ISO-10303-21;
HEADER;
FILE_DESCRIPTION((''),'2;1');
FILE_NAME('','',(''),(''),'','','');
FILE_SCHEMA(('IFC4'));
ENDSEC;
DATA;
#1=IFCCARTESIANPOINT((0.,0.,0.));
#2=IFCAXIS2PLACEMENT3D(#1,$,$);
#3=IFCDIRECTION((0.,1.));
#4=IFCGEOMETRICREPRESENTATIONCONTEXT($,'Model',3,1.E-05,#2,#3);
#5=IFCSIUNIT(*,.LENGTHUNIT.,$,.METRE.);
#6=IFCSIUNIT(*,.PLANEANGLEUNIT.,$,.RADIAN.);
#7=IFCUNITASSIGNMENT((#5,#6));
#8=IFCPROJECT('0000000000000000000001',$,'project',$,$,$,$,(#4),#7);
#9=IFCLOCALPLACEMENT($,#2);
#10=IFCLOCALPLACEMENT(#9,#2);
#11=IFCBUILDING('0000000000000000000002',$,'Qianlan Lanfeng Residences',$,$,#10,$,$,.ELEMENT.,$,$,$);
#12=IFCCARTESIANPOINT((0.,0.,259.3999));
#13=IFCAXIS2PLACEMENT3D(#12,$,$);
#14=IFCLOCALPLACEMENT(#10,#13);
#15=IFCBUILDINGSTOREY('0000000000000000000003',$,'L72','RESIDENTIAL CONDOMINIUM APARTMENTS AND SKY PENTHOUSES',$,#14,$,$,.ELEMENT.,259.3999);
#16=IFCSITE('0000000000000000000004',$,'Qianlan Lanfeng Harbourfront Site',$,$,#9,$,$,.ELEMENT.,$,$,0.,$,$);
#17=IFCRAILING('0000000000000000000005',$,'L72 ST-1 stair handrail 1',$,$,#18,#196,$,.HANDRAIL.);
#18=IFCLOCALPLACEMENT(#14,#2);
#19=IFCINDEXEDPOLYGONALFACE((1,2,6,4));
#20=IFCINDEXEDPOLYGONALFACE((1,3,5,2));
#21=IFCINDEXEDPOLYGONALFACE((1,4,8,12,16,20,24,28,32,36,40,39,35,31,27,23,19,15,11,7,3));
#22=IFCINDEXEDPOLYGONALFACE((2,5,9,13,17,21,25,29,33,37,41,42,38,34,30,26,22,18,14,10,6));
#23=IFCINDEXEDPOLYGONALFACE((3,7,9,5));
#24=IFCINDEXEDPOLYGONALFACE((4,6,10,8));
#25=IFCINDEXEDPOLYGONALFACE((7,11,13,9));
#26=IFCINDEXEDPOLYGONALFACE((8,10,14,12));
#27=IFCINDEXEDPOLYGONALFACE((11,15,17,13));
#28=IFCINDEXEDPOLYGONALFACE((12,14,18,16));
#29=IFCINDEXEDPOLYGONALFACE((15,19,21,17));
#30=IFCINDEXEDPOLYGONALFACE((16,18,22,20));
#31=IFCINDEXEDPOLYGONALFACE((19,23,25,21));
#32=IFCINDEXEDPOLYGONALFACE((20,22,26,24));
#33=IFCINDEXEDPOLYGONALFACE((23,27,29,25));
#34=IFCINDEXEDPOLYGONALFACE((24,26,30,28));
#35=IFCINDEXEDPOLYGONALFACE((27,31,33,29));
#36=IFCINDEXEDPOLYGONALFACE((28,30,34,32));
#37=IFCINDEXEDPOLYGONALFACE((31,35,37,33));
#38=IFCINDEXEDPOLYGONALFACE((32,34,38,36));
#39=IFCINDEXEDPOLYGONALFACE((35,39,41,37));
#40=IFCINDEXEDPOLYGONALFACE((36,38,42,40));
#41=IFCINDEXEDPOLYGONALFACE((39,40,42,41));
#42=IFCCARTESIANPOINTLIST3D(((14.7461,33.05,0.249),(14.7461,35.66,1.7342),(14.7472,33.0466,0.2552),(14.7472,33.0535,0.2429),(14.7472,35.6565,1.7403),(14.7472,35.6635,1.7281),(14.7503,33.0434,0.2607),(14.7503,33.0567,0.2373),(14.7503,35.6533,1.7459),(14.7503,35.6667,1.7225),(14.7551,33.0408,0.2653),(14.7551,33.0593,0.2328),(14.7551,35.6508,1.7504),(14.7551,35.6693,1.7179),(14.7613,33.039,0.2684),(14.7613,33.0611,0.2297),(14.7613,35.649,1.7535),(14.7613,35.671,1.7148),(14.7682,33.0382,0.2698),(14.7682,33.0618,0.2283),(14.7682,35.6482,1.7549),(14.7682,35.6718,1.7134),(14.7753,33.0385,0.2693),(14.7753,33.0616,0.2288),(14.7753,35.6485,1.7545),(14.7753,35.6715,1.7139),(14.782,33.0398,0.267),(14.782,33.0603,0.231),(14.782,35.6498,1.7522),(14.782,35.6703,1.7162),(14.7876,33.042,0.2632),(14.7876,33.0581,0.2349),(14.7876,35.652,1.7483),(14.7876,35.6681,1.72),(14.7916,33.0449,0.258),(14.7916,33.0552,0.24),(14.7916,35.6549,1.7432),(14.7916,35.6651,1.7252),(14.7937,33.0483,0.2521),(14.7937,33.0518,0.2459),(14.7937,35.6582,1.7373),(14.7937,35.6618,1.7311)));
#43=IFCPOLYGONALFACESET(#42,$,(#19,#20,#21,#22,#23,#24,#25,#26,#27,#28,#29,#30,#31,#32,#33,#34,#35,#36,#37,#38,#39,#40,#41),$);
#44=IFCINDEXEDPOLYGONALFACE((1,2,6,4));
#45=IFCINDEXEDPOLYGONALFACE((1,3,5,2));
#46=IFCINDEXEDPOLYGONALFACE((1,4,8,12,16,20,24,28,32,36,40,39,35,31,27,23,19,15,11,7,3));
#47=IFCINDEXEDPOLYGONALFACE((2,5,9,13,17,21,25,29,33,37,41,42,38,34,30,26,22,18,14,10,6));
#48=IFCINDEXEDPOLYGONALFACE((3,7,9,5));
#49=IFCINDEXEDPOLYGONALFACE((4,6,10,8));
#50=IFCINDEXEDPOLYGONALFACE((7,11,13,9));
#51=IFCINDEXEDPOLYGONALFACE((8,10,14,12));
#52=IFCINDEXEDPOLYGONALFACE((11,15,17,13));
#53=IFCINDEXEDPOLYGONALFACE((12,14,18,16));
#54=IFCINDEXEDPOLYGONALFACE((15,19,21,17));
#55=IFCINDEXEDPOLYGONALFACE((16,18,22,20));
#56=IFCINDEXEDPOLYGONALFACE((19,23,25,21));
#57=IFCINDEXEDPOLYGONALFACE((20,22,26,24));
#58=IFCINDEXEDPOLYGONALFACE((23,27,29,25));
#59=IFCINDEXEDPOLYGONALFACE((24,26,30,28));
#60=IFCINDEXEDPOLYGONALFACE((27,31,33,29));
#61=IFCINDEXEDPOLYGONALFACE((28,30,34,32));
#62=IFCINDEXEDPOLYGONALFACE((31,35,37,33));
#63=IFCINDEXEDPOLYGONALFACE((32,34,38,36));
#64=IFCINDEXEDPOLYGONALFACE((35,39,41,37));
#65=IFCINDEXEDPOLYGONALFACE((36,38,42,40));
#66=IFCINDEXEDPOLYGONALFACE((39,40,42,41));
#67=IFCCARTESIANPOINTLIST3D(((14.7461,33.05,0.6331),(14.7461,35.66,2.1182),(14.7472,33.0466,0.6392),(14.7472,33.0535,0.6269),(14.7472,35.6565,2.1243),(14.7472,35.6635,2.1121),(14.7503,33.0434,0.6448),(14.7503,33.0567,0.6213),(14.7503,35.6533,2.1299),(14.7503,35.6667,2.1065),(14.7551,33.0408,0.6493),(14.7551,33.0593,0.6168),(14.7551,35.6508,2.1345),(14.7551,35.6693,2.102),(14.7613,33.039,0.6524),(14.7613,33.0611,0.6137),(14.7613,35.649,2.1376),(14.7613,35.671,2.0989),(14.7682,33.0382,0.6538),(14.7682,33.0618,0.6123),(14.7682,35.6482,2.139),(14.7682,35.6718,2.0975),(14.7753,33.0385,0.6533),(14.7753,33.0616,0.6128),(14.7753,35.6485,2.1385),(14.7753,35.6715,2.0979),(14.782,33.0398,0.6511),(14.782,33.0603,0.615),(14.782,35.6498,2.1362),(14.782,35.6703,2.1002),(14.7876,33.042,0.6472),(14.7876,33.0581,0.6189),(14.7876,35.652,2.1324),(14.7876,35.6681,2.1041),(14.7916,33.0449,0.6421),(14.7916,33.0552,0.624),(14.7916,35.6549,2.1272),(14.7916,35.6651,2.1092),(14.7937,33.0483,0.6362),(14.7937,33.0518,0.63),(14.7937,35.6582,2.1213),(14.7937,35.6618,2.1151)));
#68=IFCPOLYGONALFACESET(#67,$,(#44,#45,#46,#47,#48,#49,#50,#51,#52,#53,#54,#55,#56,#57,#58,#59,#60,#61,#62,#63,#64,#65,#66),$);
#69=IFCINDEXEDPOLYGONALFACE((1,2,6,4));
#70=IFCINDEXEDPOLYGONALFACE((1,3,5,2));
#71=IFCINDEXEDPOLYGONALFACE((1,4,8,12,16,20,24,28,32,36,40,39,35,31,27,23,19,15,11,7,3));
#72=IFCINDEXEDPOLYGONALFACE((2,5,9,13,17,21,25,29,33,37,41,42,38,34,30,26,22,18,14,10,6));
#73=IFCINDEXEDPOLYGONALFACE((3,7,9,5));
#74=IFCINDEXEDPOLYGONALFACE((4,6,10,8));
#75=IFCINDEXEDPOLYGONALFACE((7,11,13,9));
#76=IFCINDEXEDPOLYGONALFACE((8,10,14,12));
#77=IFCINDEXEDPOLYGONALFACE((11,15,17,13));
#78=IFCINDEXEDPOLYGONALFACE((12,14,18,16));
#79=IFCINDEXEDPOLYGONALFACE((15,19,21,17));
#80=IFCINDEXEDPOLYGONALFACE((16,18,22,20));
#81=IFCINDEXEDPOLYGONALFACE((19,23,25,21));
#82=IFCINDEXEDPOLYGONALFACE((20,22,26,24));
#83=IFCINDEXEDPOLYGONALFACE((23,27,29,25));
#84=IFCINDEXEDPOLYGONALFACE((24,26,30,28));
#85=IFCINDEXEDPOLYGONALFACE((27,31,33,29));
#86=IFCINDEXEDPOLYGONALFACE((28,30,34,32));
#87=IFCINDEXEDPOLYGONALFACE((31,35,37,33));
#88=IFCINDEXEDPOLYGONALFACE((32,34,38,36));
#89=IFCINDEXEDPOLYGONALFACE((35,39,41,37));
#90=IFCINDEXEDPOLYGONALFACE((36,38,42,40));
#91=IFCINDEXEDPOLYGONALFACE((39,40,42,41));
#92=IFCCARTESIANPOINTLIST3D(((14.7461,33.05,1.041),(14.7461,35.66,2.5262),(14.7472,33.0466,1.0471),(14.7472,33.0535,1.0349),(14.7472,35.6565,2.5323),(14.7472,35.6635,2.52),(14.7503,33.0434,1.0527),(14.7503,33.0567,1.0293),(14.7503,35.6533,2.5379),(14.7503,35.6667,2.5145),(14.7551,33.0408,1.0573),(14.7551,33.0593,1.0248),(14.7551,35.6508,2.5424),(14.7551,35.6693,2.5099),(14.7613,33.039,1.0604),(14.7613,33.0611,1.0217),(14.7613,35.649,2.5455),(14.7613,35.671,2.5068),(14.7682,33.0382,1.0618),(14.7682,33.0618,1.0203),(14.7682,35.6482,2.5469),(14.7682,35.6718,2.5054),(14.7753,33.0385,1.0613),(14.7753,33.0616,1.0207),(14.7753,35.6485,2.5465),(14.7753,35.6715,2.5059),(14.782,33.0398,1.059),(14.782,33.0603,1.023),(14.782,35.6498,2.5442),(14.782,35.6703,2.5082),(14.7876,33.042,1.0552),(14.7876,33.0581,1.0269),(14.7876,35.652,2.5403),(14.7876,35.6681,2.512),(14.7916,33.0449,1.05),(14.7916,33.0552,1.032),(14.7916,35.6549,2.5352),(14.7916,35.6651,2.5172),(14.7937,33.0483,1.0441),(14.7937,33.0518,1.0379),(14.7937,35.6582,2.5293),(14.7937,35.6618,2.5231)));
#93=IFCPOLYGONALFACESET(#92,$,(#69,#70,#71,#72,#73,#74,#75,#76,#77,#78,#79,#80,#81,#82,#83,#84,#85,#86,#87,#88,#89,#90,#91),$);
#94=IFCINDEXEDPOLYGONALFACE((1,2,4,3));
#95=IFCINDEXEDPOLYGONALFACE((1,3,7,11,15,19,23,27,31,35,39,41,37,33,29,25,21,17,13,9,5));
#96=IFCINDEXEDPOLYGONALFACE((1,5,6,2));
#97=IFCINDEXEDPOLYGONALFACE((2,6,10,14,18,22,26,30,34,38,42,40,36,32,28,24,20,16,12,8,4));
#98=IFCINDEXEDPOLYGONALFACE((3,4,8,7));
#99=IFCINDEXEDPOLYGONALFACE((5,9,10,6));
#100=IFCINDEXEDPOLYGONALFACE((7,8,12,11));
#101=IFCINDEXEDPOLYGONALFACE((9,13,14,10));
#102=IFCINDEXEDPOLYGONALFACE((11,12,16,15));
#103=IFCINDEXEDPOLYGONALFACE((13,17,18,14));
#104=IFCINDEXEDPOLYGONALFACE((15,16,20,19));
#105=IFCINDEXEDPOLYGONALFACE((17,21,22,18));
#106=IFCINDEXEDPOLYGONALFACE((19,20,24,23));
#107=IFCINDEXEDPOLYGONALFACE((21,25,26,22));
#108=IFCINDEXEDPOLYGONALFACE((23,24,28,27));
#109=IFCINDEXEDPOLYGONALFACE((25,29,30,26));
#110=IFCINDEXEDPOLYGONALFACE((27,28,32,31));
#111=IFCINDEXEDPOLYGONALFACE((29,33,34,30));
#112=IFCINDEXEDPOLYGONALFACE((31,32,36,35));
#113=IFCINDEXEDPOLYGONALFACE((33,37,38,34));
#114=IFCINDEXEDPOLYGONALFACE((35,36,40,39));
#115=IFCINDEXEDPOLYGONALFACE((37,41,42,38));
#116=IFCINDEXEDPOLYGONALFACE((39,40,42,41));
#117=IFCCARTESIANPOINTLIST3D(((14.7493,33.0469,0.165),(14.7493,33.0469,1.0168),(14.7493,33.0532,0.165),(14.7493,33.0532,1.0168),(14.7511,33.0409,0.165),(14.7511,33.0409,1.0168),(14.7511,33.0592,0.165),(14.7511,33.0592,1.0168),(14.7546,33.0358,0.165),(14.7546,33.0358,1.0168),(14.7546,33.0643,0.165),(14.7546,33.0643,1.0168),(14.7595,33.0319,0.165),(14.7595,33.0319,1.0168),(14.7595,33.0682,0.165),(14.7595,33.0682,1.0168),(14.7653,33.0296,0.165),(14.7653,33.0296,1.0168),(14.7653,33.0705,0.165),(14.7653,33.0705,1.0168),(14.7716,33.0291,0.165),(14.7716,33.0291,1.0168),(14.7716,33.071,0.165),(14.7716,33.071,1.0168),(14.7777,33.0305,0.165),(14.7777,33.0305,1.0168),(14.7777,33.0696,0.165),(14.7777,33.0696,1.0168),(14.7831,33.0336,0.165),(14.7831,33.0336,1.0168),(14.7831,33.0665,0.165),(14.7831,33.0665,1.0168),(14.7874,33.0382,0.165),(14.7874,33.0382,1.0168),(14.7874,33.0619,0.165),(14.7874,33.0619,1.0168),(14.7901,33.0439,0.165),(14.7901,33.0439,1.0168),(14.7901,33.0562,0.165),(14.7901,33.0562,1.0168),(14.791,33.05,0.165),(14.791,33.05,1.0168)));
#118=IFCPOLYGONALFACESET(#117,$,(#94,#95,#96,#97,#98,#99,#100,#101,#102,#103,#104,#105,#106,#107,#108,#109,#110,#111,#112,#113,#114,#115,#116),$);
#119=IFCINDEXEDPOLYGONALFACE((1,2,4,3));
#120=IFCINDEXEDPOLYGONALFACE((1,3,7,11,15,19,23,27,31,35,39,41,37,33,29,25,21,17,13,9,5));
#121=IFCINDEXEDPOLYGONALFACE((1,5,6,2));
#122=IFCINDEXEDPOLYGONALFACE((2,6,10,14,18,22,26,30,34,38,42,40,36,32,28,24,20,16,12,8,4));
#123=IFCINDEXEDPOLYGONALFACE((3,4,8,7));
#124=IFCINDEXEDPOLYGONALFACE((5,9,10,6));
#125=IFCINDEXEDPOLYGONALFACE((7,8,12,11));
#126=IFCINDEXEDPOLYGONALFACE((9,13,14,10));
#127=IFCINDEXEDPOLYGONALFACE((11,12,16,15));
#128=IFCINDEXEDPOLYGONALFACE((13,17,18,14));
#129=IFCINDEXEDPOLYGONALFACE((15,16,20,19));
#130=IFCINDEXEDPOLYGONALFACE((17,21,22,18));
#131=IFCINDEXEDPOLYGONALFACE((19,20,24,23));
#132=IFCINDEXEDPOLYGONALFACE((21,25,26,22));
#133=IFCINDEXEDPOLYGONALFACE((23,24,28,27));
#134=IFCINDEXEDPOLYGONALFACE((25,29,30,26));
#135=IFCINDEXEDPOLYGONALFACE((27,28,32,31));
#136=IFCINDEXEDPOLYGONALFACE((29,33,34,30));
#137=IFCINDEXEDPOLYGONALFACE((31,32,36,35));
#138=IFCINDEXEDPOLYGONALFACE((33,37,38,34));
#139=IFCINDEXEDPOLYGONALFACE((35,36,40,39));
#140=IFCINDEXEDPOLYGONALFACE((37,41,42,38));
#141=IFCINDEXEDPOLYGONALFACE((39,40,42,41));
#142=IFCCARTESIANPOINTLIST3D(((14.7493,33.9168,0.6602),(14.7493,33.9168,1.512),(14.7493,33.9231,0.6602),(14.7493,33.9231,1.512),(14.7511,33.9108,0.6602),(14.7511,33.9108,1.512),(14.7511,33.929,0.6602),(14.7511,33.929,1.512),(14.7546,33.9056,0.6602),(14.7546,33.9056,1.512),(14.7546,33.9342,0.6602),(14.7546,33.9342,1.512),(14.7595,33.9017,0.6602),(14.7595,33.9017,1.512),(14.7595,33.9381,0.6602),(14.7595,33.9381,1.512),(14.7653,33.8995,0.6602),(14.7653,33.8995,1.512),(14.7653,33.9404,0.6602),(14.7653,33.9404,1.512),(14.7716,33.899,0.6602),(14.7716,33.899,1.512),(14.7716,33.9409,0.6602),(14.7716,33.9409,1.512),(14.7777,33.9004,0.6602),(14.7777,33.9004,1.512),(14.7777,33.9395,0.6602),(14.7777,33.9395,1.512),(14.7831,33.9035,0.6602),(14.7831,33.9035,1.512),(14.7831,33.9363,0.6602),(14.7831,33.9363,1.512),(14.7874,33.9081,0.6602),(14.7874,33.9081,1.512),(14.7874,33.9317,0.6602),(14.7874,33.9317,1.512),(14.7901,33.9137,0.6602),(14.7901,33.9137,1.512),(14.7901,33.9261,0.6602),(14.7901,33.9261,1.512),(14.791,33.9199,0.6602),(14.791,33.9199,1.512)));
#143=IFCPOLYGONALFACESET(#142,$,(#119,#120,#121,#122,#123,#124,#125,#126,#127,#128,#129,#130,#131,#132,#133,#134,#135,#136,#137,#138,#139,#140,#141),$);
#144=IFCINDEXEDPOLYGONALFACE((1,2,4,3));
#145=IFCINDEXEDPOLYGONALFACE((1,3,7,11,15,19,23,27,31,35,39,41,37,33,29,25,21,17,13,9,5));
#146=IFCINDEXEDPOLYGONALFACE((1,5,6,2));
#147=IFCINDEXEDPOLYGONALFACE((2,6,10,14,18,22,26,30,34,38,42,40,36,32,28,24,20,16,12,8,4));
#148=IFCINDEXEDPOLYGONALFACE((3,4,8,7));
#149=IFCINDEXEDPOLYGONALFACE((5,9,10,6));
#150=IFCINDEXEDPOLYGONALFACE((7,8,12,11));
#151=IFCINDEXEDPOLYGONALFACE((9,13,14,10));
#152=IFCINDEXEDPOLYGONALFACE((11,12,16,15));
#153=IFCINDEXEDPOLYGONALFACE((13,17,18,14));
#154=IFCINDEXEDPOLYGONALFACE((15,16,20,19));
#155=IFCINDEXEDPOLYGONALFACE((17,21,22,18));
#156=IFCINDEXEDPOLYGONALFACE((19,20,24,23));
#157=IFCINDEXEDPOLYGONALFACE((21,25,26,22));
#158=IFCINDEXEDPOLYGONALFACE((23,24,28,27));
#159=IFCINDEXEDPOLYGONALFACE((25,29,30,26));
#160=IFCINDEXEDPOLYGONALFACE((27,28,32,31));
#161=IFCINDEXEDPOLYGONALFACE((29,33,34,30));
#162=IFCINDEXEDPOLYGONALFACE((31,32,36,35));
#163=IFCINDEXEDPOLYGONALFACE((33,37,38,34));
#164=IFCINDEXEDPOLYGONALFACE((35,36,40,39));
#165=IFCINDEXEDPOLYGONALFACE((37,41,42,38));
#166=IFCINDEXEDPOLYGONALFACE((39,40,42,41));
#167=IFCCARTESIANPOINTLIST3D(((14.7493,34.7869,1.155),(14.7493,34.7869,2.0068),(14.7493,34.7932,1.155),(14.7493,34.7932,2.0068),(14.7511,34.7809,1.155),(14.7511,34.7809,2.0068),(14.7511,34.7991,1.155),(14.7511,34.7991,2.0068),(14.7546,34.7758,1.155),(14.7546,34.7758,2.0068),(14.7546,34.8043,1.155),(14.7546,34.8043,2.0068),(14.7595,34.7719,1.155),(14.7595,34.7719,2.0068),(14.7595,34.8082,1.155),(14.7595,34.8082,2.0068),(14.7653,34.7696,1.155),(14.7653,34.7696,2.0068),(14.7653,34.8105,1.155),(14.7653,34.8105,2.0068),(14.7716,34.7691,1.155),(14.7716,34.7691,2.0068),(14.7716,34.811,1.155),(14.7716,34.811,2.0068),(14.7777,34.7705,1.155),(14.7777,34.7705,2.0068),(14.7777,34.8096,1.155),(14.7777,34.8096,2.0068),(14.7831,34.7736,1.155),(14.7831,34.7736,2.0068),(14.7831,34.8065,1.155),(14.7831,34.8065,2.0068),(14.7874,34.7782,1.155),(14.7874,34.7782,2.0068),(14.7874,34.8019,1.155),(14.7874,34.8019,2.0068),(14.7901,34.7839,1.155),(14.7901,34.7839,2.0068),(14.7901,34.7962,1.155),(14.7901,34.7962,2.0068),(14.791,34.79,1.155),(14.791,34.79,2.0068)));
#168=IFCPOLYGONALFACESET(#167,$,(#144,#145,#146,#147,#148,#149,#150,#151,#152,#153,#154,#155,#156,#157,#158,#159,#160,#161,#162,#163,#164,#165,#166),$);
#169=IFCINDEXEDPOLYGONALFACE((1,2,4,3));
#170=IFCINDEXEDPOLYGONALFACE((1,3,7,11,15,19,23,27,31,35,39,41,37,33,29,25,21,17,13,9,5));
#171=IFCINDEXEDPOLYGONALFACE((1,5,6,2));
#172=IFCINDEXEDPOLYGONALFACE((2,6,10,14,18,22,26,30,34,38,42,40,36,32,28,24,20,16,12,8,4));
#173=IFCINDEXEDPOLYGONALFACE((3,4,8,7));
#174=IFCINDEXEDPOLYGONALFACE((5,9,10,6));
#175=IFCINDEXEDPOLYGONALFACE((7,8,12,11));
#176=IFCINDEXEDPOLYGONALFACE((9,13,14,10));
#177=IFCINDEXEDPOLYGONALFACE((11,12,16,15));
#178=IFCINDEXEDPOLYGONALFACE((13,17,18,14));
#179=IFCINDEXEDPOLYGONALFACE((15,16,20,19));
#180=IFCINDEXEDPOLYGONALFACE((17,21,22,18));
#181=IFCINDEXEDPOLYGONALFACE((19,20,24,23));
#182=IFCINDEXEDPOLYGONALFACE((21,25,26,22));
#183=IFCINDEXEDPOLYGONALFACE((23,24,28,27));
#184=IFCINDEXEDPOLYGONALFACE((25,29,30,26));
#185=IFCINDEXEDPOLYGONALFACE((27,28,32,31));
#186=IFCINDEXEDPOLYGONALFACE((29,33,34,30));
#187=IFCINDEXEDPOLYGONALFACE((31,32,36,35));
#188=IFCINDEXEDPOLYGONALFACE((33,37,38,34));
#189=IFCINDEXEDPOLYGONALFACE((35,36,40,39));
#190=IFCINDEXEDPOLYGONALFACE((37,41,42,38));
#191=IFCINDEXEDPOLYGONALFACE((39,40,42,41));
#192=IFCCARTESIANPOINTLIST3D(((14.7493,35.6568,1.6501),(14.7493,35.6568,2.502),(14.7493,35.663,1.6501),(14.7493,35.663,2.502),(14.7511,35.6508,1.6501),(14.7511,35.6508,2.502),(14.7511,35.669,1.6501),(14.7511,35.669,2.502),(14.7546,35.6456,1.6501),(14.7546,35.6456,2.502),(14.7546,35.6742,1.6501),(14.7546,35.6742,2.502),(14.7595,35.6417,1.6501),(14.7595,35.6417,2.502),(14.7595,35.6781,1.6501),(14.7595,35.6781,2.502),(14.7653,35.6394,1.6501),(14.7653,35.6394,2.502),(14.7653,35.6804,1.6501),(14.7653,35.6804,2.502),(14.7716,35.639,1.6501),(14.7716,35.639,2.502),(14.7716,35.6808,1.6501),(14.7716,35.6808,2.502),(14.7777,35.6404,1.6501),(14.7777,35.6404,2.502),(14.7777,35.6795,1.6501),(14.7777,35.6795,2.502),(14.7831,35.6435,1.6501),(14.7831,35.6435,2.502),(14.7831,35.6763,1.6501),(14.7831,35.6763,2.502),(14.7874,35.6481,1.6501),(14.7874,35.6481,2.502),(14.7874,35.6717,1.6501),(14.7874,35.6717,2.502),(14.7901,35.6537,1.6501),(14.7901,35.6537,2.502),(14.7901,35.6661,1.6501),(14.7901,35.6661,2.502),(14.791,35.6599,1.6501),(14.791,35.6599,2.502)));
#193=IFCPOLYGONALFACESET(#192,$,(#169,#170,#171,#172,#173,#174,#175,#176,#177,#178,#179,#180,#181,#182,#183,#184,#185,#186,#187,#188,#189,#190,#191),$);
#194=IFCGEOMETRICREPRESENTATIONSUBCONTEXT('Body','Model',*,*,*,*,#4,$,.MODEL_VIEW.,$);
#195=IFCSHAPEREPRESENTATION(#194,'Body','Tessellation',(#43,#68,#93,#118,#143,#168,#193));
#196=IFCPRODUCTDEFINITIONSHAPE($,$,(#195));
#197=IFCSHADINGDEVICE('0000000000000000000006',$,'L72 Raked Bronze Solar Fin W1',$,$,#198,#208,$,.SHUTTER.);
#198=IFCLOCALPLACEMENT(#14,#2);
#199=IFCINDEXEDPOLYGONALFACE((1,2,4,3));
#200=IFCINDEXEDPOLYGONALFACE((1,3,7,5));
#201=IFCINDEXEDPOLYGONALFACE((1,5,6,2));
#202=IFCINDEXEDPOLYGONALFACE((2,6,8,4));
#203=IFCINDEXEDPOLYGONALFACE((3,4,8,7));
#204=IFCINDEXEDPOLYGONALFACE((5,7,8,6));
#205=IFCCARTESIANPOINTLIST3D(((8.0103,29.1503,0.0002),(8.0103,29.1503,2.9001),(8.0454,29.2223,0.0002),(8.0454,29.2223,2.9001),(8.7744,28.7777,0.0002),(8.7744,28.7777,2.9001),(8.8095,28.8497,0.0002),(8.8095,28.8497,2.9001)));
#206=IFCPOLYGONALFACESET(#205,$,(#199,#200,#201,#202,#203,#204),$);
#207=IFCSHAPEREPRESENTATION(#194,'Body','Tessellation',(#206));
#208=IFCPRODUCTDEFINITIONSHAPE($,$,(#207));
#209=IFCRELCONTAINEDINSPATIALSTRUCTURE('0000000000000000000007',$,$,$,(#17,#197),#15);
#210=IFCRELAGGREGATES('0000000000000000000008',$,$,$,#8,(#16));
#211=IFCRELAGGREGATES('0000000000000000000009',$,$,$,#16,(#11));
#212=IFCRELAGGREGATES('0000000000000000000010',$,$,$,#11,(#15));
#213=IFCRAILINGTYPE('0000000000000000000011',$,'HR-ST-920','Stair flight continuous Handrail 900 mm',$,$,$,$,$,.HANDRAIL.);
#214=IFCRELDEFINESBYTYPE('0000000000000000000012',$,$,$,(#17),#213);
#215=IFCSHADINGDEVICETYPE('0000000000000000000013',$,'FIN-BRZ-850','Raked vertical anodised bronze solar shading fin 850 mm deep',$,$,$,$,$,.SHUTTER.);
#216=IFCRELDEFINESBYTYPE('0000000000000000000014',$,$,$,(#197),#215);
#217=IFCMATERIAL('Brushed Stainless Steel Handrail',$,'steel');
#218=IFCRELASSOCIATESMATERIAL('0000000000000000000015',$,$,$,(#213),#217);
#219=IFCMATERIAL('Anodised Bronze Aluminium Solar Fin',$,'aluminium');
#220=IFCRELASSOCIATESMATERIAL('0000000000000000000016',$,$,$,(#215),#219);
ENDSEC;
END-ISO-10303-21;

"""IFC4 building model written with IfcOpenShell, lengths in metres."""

from ifc_helpers import new_model, si_unit, direction, frame, origin, origin_2d, place, context, subcontext, project, spatial, rectangle, circle, extrude, source, transform, mapped, material, type_object, element, save


model = new_model("IFC4")

# Units and contexts
model_context = context("Model", 3, precision=1e-05, world=origin(), true_north=direction((0.0, 1.0)))
body_context = subcontext(model_context, "Body", "Model", "MODEL_VIEW")
ifc_project = project(units=[si_unit("LENGTHUNIT", "METRE"), si_unit("PLANEANGLEUNIT", "RADIAN")], contexts=[model_context])

# Site, building, storey
site_placement = place(None, origin())
site = spatial("IfcSite", under=ifc_project, at=site_placement, Name="Qianlan Lanfeng Harbourfront Site", CompositionType="ELEMENT", RefElevation=0.0)
building_placement = place(site_placement, origin())
building = spatial("IfcBuilding", under=site, at=building_placement, Name="Qianlan Lanfeng Residences", CompositionType="ELEMENT")
storey_placement = place(building_placement, frame((0.0, 0.0, 259.3999)))
storey = spatial("IfcBuildingStorey", under=building, at=storey_placement, Name="L72", Description="RESIDENTIAL CONDOMINIUM APARTMENTS AND SKY PENTHOUSES", CompositionType="ELEMENT", Elevation=259.3999)

# Railing
ifc_material_1 = material(Name="Brushed Stainless Steel Handrail", Category="steel")
railing_type_1 = type_object("IfcRailingType", Name="HR-ST-920", Description="Stair flight continuous Handrail 900 mm", PredefinedType="HANDRAIL", material=ifc_material_1)
railing_1_placement = place(storey_placement, frame((14.77, 33.05, 0.165)))
element("IfcRailing", 1, at=railing_1_placement, inside=storey, type_object=railing_type_1, Name="L72 ST-1 stair handrail 1", PredefinedType="HANDRAIL", context=body_context, shape_type="SweptSolid", body=[
    extrude(circle(Radius=0.0239, at=origin_2d()), frame((0.0, 0.0, 0.084), z_axis=(0.0, 0.869137, 0.494571), x_axis=(-1.0, 0.0, 0.0)), (0.0, 0.0, 1.0), 3.0029),
    extrude(circle(Radius=0.0239, at=origin_2d()), frame((0.0, 0.0, 0.468), z_axis=(0.0, 0.869137, 0.494571), x_axis=(-1.0, 0.0, 0.0)), (0.0, 0.0, 1.0), 3.0029),
    extrude(circle(Radius=0.0239, at=origin_2d()), frame((0.0, 0.0, 0.876), z_axis=(0.0, 0.869137, 0.494571), x_axis=(-1.0, 0.0, 0.0)), (0.0, 0.0, 1.0), 3.0029),
    extrude(circle(Radius=0.021, at=origin_2d()), origin(), (0.0, 0.0, 1.0), 0.8518),
    extrude(circle(Radius=0.021, at=origin_2d()), frame((0.0, 0.8699, 0.4951)), (0.0, 0.0, 1.0), 0.8518),
    extrude(circle(Radius=0.021, at=origin_2d()), frame((0.0, 1.74, 0.99)), (0.0, 0.0, 1.0), 0.8518),
    extrude(circle(Radius=0.021, at=origin_2d()), frame((0.0, 2.6099, 1.4851)), (0.0, 0.0, 1.0), 0.8518),
])

# Shading device
ifc_material_2 = material(Name="Anodised Bronze Aluminium Solar Fin", Category="aluminium")
shading_device_type = type_object("IfcShadingDeviceType", Name="FIN-BRZ-850", Description="Raked vertical anodised bronze solar shading fin 850 mm deep", PredefinedType="SHUTTER", material=ifc_material_2)
shared_shape_1 = source(origin(), body_context, "Body", "SweptSolid", [
    extrude(rectangle(XDim=0.8501, YDim=0.0801, at=origin_2d()), origin(), (0.0, 0.0, 1.0), 2.8999),
])
for number, where, z_axis, x_axis, name in (
    (2, (8.4099, 29.0, 0.0002), (0.0, 0.0, 1.0), (0.898794, -0.438371, 0.0), "L72 Raked Bronze Solar Fin W1"),
):
    element("IfcShadingDevice", number, at=place(storey_placement, frame(where, z_axis=z_axis, x_axis=x_axis)), inside=storey, type_object=shading_device_type, Name=name, PredefinedType="SHUTTER", context=body_context, shape_type="MappedRepresentation", body=[
        mapped(shared_shape_1, transform((0.0, 0.0, 0.0), scale=1.0)),
    ])

save(model, "model.ifc")
